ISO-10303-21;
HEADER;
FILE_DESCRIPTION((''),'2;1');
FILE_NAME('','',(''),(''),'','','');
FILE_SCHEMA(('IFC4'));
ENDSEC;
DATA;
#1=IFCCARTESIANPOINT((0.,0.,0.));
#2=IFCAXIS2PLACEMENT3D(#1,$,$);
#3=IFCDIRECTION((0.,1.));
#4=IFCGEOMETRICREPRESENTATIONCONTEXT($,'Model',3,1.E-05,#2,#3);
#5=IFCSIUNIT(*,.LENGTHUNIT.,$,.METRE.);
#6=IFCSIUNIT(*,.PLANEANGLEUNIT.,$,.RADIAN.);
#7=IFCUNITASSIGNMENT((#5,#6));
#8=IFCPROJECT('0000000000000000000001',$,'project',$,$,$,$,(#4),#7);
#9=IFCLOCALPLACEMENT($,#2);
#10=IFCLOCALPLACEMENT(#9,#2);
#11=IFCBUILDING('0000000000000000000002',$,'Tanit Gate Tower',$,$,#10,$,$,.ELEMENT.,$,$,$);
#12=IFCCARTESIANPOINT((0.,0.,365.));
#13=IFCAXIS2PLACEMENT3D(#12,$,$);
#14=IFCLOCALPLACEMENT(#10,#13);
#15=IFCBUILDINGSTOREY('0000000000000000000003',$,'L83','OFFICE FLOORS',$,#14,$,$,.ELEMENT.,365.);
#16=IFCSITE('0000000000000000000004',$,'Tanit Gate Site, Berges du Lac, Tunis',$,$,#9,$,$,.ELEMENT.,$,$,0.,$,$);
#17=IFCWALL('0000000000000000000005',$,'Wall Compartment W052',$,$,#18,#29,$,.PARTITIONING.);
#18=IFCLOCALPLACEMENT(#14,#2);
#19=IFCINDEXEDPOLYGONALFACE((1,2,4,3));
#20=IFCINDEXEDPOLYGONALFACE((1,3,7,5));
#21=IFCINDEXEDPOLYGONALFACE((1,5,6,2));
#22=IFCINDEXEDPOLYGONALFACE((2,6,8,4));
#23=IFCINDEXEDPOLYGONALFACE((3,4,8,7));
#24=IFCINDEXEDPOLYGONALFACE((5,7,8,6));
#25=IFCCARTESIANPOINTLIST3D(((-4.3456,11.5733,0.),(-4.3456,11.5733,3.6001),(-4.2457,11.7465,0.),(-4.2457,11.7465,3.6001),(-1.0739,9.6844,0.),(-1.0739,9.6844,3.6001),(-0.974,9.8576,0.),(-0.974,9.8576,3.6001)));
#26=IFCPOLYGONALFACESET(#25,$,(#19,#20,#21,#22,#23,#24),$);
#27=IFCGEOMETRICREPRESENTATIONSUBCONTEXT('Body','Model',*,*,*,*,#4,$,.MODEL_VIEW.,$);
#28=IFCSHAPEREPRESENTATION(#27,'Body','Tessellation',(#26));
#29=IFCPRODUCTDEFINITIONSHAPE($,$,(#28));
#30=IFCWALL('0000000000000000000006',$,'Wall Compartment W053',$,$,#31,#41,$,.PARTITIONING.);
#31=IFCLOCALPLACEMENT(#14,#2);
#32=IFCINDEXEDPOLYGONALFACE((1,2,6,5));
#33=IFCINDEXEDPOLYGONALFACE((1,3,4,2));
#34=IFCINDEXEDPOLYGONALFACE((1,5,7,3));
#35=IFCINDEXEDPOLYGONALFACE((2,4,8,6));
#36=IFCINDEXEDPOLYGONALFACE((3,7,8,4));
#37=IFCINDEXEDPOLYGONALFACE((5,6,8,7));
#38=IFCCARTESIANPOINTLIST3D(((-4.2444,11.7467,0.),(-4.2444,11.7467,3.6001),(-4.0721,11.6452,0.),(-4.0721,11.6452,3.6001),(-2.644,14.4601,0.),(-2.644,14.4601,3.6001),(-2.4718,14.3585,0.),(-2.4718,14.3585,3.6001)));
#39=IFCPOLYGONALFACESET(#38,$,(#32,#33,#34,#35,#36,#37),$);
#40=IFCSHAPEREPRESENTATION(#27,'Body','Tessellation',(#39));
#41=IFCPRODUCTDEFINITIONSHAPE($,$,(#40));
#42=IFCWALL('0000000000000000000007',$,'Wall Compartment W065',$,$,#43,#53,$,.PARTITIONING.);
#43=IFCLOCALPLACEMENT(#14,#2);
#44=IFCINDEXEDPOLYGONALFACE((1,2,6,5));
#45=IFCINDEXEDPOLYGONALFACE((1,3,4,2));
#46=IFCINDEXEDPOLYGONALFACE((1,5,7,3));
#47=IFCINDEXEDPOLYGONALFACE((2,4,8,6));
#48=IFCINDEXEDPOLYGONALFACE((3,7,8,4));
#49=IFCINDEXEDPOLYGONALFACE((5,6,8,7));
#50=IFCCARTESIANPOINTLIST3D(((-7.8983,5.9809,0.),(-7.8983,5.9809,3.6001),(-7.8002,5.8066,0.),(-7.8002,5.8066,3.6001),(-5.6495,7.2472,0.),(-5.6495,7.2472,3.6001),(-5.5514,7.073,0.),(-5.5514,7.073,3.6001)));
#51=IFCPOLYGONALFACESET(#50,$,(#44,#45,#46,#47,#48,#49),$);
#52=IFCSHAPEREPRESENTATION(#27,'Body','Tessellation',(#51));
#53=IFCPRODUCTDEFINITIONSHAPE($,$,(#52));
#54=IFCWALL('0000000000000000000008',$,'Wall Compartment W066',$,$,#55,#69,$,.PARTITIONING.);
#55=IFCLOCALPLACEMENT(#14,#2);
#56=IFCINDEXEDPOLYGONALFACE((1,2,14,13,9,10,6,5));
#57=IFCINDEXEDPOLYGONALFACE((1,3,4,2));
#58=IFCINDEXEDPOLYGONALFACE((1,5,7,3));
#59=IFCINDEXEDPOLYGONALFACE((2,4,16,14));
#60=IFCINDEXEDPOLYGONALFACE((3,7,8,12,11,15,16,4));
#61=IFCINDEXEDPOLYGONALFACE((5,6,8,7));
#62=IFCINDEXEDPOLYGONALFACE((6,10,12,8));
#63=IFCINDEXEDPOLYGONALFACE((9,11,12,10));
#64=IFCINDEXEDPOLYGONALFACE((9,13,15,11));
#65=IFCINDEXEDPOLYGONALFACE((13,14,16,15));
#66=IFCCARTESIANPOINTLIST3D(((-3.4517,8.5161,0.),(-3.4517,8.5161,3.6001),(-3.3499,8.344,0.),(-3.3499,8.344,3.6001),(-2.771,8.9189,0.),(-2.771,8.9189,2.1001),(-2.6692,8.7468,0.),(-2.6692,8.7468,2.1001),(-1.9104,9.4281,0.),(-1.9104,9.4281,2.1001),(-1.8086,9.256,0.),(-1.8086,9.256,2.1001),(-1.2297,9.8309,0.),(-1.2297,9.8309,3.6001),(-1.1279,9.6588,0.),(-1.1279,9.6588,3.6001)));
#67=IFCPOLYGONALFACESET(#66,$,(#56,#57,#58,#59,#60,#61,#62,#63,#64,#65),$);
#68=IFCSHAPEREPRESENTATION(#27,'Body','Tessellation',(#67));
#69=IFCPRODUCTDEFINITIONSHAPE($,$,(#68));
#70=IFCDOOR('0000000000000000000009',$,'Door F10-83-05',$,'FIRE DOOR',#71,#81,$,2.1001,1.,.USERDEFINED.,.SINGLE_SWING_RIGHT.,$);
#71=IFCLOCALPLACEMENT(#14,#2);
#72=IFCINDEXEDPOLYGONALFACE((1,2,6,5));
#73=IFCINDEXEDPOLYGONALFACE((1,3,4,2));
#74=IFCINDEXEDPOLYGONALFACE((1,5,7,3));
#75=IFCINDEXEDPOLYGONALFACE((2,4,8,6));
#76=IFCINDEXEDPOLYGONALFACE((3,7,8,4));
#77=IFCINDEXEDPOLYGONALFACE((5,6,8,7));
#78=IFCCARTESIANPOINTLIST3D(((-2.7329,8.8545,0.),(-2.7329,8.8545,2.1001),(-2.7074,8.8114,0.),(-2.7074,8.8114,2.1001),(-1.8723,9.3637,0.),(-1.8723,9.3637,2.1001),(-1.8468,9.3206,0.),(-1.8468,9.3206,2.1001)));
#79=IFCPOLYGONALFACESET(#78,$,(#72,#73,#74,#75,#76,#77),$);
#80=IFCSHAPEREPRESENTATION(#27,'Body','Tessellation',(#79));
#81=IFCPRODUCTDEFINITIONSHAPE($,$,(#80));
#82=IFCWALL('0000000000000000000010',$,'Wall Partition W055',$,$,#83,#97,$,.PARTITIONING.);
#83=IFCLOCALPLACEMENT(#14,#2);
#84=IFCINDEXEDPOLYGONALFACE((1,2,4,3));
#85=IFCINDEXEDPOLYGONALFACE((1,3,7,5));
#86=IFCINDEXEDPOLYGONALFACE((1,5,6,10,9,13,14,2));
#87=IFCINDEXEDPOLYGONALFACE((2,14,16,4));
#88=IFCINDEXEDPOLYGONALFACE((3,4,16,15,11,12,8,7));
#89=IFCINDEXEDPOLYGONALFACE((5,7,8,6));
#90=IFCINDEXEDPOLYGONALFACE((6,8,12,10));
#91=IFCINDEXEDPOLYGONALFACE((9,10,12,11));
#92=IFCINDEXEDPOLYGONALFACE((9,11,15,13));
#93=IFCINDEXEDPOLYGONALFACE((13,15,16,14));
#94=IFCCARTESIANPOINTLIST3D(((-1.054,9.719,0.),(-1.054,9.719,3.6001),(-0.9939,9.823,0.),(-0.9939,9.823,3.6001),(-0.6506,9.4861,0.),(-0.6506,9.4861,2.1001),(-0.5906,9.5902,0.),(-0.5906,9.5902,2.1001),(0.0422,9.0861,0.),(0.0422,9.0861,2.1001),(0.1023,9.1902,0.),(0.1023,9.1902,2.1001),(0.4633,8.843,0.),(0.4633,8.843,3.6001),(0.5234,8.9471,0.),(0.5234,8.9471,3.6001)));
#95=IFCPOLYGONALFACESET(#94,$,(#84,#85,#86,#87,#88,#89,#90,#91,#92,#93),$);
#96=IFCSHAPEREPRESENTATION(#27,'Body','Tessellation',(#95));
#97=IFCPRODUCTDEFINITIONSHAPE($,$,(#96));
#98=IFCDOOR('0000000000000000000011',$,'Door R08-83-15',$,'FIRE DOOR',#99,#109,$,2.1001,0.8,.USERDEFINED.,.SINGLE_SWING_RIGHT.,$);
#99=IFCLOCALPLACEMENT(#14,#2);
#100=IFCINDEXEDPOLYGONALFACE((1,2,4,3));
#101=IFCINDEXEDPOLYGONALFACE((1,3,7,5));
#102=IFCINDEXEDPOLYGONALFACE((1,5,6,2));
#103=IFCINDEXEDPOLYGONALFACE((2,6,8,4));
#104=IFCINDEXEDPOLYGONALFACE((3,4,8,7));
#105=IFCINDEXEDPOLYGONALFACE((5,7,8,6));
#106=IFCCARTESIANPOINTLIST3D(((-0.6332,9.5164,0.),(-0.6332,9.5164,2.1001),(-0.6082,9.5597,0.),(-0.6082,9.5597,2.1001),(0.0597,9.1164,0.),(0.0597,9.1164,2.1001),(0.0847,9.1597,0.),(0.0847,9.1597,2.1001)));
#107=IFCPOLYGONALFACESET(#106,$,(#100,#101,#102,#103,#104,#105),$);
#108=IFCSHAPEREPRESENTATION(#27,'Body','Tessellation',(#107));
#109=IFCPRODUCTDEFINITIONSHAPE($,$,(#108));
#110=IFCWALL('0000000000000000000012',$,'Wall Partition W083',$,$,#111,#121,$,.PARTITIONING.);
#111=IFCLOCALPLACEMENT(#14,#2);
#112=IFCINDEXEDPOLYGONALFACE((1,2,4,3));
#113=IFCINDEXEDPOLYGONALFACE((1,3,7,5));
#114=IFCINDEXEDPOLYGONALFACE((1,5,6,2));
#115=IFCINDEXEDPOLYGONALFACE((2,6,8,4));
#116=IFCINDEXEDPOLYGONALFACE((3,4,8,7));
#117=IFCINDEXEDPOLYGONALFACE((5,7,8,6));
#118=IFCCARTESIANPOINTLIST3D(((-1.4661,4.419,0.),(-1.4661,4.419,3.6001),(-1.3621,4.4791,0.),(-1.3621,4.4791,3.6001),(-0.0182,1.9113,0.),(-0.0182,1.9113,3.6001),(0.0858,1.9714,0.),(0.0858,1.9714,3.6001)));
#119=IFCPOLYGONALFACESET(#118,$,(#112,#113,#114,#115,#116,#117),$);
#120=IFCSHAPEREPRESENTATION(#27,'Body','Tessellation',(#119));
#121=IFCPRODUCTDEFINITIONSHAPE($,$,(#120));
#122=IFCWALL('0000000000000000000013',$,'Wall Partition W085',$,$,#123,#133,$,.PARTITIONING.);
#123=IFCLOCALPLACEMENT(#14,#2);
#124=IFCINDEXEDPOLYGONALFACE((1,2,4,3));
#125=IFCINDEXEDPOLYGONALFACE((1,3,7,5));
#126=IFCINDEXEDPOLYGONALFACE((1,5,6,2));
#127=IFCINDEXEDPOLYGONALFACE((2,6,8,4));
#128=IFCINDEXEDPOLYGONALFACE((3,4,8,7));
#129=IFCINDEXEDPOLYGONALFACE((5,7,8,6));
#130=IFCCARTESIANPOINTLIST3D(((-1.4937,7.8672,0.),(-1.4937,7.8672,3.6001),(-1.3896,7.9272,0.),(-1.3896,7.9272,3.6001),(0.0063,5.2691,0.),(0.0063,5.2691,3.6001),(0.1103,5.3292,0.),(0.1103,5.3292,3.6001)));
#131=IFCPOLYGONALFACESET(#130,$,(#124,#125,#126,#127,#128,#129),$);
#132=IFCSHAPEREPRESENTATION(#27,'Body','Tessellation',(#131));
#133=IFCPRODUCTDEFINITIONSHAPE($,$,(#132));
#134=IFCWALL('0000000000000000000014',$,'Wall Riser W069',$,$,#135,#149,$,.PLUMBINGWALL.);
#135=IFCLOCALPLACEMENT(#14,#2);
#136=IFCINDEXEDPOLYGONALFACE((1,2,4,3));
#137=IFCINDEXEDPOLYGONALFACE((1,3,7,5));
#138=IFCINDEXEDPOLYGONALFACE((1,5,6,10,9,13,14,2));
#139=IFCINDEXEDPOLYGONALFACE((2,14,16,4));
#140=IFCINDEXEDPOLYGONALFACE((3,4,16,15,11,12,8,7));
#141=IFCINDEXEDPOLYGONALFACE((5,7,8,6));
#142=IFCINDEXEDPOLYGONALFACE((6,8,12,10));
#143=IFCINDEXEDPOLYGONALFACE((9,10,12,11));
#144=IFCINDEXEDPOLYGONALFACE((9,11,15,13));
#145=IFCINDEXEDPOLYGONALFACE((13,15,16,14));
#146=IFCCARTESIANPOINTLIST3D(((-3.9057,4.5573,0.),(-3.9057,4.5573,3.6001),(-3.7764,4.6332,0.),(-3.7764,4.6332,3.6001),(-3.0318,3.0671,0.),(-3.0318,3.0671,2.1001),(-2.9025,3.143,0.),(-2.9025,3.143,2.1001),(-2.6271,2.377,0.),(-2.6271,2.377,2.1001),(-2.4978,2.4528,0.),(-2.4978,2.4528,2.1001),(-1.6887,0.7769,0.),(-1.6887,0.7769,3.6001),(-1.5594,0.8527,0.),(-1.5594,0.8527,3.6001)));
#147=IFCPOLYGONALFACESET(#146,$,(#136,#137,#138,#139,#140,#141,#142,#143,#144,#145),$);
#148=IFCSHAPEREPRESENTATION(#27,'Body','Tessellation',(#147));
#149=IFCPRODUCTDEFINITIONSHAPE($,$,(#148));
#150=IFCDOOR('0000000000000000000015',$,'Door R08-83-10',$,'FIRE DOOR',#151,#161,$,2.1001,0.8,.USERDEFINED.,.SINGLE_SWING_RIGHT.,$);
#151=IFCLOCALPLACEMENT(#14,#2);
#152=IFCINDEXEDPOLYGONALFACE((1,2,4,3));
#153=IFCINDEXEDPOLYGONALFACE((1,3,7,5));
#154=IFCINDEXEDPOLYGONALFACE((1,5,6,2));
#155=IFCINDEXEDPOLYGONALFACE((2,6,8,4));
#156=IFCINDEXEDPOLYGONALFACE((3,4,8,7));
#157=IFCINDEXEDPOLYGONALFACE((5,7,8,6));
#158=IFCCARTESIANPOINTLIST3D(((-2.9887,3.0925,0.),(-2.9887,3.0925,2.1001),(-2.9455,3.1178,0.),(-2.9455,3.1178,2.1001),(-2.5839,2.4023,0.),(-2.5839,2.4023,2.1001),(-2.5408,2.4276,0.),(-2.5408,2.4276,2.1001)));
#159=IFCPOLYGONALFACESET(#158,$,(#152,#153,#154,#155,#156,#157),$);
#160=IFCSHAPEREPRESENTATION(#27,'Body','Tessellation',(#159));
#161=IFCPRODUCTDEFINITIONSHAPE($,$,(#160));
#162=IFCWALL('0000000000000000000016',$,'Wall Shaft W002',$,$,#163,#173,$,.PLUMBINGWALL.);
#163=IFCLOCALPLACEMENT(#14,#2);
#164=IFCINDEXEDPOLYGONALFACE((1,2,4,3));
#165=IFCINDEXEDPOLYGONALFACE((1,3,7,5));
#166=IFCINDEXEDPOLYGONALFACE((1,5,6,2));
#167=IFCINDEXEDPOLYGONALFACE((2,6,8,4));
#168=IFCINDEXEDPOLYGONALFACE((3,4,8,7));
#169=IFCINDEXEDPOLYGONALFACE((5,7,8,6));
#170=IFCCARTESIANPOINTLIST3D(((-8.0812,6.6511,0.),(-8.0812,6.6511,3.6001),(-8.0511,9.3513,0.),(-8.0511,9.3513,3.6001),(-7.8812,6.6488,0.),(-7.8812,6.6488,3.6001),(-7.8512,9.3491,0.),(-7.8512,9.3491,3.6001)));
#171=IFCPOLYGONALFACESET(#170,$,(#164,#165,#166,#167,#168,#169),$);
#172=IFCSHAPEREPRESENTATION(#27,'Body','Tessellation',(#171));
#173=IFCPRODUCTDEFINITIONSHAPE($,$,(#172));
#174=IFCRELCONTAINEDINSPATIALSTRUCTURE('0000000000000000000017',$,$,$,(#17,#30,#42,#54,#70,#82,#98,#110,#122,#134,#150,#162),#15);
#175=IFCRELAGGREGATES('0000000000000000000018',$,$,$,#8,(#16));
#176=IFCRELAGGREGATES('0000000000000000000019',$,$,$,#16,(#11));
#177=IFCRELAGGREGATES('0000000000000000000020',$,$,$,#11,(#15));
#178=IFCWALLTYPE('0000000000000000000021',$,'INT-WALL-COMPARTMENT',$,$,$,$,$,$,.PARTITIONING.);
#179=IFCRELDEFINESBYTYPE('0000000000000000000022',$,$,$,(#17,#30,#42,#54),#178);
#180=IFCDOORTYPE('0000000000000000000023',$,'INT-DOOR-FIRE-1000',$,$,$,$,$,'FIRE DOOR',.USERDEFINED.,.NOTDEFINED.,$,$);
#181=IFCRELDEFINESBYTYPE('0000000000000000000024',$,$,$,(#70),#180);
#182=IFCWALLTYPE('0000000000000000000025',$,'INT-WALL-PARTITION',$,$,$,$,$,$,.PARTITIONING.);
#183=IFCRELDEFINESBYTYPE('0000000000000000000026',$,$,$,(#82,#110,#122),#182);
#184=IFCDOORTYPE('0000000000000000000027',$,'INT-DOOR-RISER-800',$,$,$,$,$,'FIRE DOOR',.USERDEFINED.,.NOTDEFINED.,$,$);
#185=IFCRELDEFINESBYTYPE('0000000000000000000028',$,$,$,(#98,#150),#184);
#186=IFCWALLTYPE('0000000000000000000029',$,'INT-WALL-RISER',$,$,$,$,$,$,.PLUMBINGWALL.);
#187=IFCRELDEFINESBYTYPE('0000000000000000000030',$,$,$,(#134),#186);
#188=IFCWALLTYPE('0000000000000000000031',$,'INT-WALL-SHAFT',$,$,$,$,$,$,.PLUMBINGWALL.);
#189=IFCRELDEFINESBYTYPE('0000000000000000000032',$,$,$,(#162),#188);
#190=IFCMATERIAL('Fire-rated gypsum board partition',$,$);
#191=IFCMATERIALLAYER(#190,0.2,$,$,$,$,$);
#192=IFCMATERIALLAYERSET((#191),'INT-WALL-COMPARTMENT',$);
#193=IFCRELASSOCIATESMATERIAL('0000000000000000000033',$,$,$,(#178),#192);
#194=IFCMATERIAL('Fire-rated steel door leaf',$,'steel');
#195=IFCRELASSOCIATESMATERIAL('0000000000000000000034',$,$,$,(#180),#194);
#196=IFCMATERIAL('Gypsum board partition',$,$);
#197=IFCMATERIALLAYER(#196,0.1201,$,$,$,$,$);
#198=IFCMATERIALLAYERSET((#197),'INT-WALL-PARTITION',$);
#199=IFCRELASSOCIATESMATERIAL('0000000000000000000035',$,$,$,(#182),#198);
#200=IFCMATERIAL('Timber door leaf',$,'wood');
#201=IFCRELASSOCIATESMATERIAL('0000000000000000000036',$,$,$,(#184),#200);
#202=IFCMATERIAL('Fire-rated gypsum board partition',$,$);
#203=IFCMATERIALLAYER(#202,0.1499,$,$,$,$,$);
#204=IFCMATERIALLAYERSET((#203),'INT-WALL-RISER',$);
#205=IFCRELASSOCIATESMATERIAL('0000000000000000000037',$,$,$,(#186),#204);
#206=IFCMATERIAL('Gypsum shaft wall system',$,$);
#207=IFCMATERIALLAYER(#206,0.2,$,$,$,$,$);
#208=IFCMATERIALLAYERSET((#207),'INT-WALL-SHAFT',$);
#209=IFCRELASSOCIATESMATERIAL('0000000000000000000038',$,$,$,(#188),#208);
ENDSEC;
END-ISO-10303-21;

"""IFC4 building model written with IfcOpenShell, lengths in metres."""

from ifc_helpers import new_model, si_unit, direction, frame, frame_2d, origin, place, context, subcontext, project, spatial, rectangle, extrude, material, layer, layer_set, type_object, element, fill, save


model = new_model("IFC4")

# Units and contexts
model_context = context("Model", 3, precision=1e-05, world=origin(), true_north=direction((0.0, 1.0)))
body_context = subcontext(model_context, "Body", "Model", "MODEL_VIEW")
ifc_project = project(units=[si_unit("LENGTHUNIT", "METRE"), si_unit("PLANEANGLEUNIT", "RADIAN")], contexts=[model_context])

# Site, building, storey
site_placement = place(None, origin())
site = spatial("IfcSite", under=ifc_project, at=site_placement, Name="Tanit Gate Site, Berges du Lac, Tunis", CompositionType="ELEMENT", RefElevation=0.0)
building_placement = place(site_placement, origin())
building = spatial("IfcBuilding", under=site, at=building_placement, Name="Tanit Gate Tower", CompositionType="ELEMENT")
storey_placement = place(building_placement, frame((0.0, 0.0, 365.0)))
storey = spatial("IfcBuildingStorey", under=building, at=storey_placement, Name="L83", Description="OFFICE FLOORS", CompositionType="ELEMENT", Elevation=365.0)

# Walls
ifc_material_1 = material(Name="Fire-rated gypsum board partition")
ifc_layer_1 = layer(ifc_material_1, 0.2)
ifc_layer_set_1 = layer_set([ifc_layer_1], Name="INT-WALL-COMPARTMENT")
wall_type_1 = type_object("IfcWallType", Name="INT-WALL-COMPARTMENT", PredefinedType="PARTITIONING", material=ifc_layer_set_1)
wall_1_placement = place(storey_placement, frame((-4.2957, 11.6599, 0.0), z_axis=(0.0, 0.0, 1.0), x_axis=(0.866027, -0.499997, 0.0)))
element("IfcWall", 1, at=wall_1_placement, inside=storey, type_object=wall_type_1, Name="Wall Compartment W052", PredefinedType="PARTITIONING", context=body_context, shape_type="SweptSolid", body=[
    extrude(rectangle(XDim=3.7778, YDim=0.2, at=frame_2d((1.8889, 0.0))), origin(), (0.0, 0.0, 1.0), 3.6001),
])
wall_2_placement = place(storey_placement, frame((-2.5579, 14.4094, 0.0), z_axis=(0.0, 0.0, 1.0), x_axis=(-0.508019, -0.861346, 0.0)))
element("IfcWall", 2, at=wall_2_placement, inside=storey, type_object=wall_type_1, Name="Wall Compartment W053", PredefinedType="PARTITIONING", context=body_context, shape_type="SweptSolid", body=[
    extrude(rectangle(XDim=3.1501, YDim=0.2, at=frame_2d((1.5752, 0.0))), origin(), (0.0, 0.0, 1.0), 3.6001),
])
wall_3_placement = place(storey_placement, frame((-5.6003, 7.1602, 0.0), z_axis=(0.0, 0.0, 1.0), x_axis=(-0.87134, -0.490679, 0.0)))
element("IfcWall", 3, at=wall_3_placement, inside=storey, type_object=wall_type_1, Name="Wall Compartment W065", PredefinedType="PARTITIONING", context=body_context, shape_type="SweptSolid", body=[
    extrude(rectangle(XDim=2.5808, YDim=0.2, at=frame_2d((1.2905, 0.0))), origin(), (0.0, 0.0, 1.0), 3.6001),
])

# Walls, openings, doors
wall_4_placement = place(storey_placement, frame((-1.1787, 9.7449, 0.0), z_axis=(0.0, 0.0, 1.0), x_axis=(-0.860631, -0.509229, 0.0)))
wall_4 = element("IfcWall", 4, at=wall_4_placement, inside=storey, type_object=wall_type_1, Name="Wall Compartment W066", PredefinedType="PARTITIONING", context=body_context, shape_type="SweptSolid", body=[
    extrude(rectangle(XDim=2.5818, YDim=0.2, at=frame_2d((1.291, 0.0))), origin(), (0.0, 0.0, 1.0), 3.6001),
])
opening_1_placement = place(wall_4_placement, frame((0.791, 0.0, 0.0)))
opening_1 = element("IfcOpeningElement", 5, at=opening_1_placement, cuts=wall_4, PredefinedType="OPENING", context=body_context, shape_type="SweptSolid", body=[
    extrude(rectangle(XDim=1.0, YDim=2.1001, at=frame_2d((0.5, 1.05))), frame((0.0, 0.1099, 0.0), z_axis=(0.0, -1.0, 0.0), x_axis=(1.0, 0.0, 0.0)), (0.0, 0.0, 1.0), 0.22),
])
ifc_material_2 = material(Name="Fire-rated steel door leaf", Category="steel")
door_type_1 = type_object("IfcDoorType", Name="INT-DOOR-FIRE-1000", ElementType="FIRE DOOR", OperationType="NOTDEFINED", PredefinedType="USERDEFINED", material=ifc_material_2)
door_1_placement = place(opening_1_placement, origin())
door_1 = element("IfcDoor", 6, at=door_1_placement, inside=storey, type_object=door_type_1, Name="Door F10-83-05", ObjectType="FIRE DOOR", OperationType="SINGLE_SWING_RIGHT", OverallHeight=2.1001, OverallWidth=1.0, PredefinedType="USERDEFINED", context=body_context, shape_type="SweptSolid", body=[
    extrude(rectangle(XDim=1.0, YDim=2.1001, at=frame_2d((0.5, 1.05))), frame((0.0, 0.0249, 0.0), z_axis=(0.0, -1.0, 0.0), x_axis=(1.0, 0.0, 0.0)), (0.0, 0.0, 1.0), 0.05),
])
fill(opening_1, door_1)
ifc_material_3 = material(Name="Gypsum board partition")
ifc_layer_2 = layer(ifc_material_3, 0.1201)
ifc_layer_set_2 = layer_set([ifc_layer_2], Name="INT-WALL-PARTITION")
wall_type_2 = type_object("IfcWallType", Name="INT-WALL-PARTITION", PredefinedType="PARTITIONING", material=ifc_layer_set_2)
wall_5_placement = place(storey_placement, frame((-1.0239, 9.771, 0.0), z_axis=(0.0, 0.0, 1.0), x_axis=(0.866039, -0.499976, 0.0)))
wall_5 = element("IfcWall", 7, at=wall_5_placement, inside=storey, type_object=wall_type_2, Name="Wall Partition W055", PredefinedType="PARTITIONING", context=body_context, shape_type="SweptSolid", body=[
    extrude(rectangle(XDim=1.752, YDim=0.1201, at=frame_2d((0.876, 0.0))), origin(), (0.0, 0.0, 1.0), 3.6001),
])
opening_2_placement = place(wall_5_placement, frame((0.4658, 0.0, 0.0)))
opening_2 = element("IfcOpeningElement", 8, at=opening_2_placement, cuts=wall_5, PredefinedType="OPENING", context=body_context, shape_type="SweptSolid", body=[
    extrude(rectangle(XDim=0.8, YDim=2.1001, at=frame_2d((0.3999, 1.05))), frame((0.0, 0.0701, 0.0), z_axis=(0.0, -1.0, 0.0), x_axis=(1.0, 0.0, 0.0)), (0.0, 0.0, 1.0), 0.1401),
])
ifc_material_4 = material(Name="Timber door leaf", Category="wood")
door_type_2 = type_object("IfcDoorType", Name="INT-DOOR-RISER-800", ElementType="FIRE DOOR", OperationType="NOTDEFINED", PredefinedType="USERDEFINED", material=ifc_material_4)
door_2_placement = place(opening_2_placement, origin())
door_2 = element("IfcDoor", 9, at=door_2_placement, inside=storey, type_object=door_type_2, Name="Door R08-83-15", ObjectType="FIRE DOOR", OperationType="SINGLE_SWING_RIGHT", OverallHeight=2.1001, OverallWidth=0.8, PredefinedType="USERDEFINED", context=body_context, shape_type="SweptSolid", body=[
    extrude(rectangle(XDim=0.8, YDim=2.1001, at=frame_2d((0.3999, 1.05))), frame((0.0, 0.0249, 0.0), z_axis=(0.0, -1.0, 0.0), x_axis=(1.0, 0.0, 0.0)), (0.0, 0.0, 1.0), 0.05),
])
fill(opening_2, door_2)

# Walls
wall_6_placement = place(storey_placement, frame((-1.4141, 4.449, 0.0), z_axis=(0.0, 0.0, 1.0), x_axis=(0.500029, -0.866009, 0.0)))
element("IfcWall", 10, at=wall_6_placement, inside=storey, type_object=wall_type_2, Name="Wall Partition W083", PredefinedType="PARTITIONING", context=body_context, shape_type="SweptSolid", body=[
    extrude(rectangle(XDim=2.8958, YDim=0.1201, at=frame_2d((1.4478, 0.0))), origin(), (0.0, 0.0, 1.0), 3.6001),
])
wall_7_placement = place(storey_placement, frame((-1.4417, 7.8972, 0.0), z_axis=(0.0, 0.0, 1.0), x_axis=(0.49999, -0.866031, 0.0)))
element("IfcWall", 11, at=wall_7_placement, inside=storey, type_object=wall_type_2, Name="Wall Partition W085", PredefinedType="PARTITIONING", context=body_context, shape_type="SweptSolid", body=[
    extrude(rectangle(XDim=3.0, YDim=0.1201, at=frame_2d((1.5, 0.0))), origin(), (0.0, 0.0, 1.0), 3.6001),
])

# Wall, opening, door
ifc_material_5 = material(Name="Fire-rated gypsum board partition")
ifc_layer_3 = layer(ifc_material_5, 0.1499)
ifc_layer_set_3 = layer_set([ifc_layer_3], Name="INT-WALL-RISER")
wall_type_3 = type_object("IfcWallType", Name="INT-WALL-RISER", PredefinedType="PLUMBINGWALL", material=ifc_layer_set_3)
wall_8_placement = place(storey_placement, frame((-1.624, 0.8147, 0.0), z_axis=(0.0, 0.0, 1.0), x_axis=(-0.505868, 0.862611, 0.0)))
wall_8 = element("IfcWall", 12, at=wall_8_placement, inside=storey, type_object=wall_type_3, Name="Wall Riser W069", PredefinedType="PLUMBINGWALL", context=body_context, shape_type="SweptSolid", body=[
    extrude(rectangle(XDim=4.3826, YDim=0.1499, at=frame_2d((2.1914, 0.0))), origin(), (0.0, 0.0, 1.0), 3.6001),
])
opening_3_placement = place(wall_8_placement, frame((1.8552, 0.0, 0.0)))
opening_3 = element("IfcOpeningElement", 13, at=opening_3_placement, cuts=wall_8, PredefinedType="OPENING", context=body_context, shape_type="SweptSolid", body=[
    extrude(rectangle(XDim=0.8, YDim=2.1001, at=frame_2d((0.3999, 1.05))), frame((0.0, 0.085, 0.0), z_axis=(0.0, -1.0, 0.0), x_axis=(1.0, 0.0, 0.0)), (0.0, 0.0, 1.0), 0.1699),
])
door_3_placement = place(opening_3_placement, origin())
door_3 = element("IfcDoor", 14, at=door_3_placement, inside=storey, type_object=door_type_2, Name="Door R08-83-10", ObjectType="FIRE DOOR", OperationType="SINGLE_SWING_RIGHT", OverallHeight=2.1001, OverallWidth=0.8, PredefinedType="USERDEFINED", context=body_context, shape_type="SweptSolid", body=[
    extrude(rectangle(XDim=0.8, YDim=2.1001, at=frame_2d((0.3999, 1.05))), frame((0.0, 0.0249, 0.0), z_axis=(0.0, -1.0, 0.0), x_axis=(1.0, 0.0, 0.0)), (0.0, 0.0, 1.0), 0.05),
])
fill(opening_3, door_3)

# Wall
ifc_material_6 = material(Name="Gypsum shaft wall system")
ifc_layer_4 = layer(ifc_material_6, 0.2)
ifc_layer_set_4 = layer_set([ifc_layer_4], Name="INT-WALL-SHAFT")
wall_type_4 = type_object("IfcWallType", Name="INT-WALL-SHAFT", PredefinedType="PLUMBINGWALL", material=ifc_layer_set_4)
wall_9_placement = place(storey_placement, frame((-7.9512, 9.3501, 0.0), z_axis=(0.0, 0.0, 1.0), x_axis=(-0.01112, -0.999938, 0.0)))
element("IfcWall", 15, at=wall_9_placement, inside=storey, type_object=wall_type_4, Name="Wall Shaft W002", PredefinedType="PLUMBINGWALL", context=body_context, shape_type="SweptSolid", body=[
    extrude(rectangle(XDim=2.7004, YDim=0.2, at=frame_2d((1.3501, 0.0))), origin(), (0.0, 0.0, 1.0), 3.6001),
])

save(model, "model.ifc")
